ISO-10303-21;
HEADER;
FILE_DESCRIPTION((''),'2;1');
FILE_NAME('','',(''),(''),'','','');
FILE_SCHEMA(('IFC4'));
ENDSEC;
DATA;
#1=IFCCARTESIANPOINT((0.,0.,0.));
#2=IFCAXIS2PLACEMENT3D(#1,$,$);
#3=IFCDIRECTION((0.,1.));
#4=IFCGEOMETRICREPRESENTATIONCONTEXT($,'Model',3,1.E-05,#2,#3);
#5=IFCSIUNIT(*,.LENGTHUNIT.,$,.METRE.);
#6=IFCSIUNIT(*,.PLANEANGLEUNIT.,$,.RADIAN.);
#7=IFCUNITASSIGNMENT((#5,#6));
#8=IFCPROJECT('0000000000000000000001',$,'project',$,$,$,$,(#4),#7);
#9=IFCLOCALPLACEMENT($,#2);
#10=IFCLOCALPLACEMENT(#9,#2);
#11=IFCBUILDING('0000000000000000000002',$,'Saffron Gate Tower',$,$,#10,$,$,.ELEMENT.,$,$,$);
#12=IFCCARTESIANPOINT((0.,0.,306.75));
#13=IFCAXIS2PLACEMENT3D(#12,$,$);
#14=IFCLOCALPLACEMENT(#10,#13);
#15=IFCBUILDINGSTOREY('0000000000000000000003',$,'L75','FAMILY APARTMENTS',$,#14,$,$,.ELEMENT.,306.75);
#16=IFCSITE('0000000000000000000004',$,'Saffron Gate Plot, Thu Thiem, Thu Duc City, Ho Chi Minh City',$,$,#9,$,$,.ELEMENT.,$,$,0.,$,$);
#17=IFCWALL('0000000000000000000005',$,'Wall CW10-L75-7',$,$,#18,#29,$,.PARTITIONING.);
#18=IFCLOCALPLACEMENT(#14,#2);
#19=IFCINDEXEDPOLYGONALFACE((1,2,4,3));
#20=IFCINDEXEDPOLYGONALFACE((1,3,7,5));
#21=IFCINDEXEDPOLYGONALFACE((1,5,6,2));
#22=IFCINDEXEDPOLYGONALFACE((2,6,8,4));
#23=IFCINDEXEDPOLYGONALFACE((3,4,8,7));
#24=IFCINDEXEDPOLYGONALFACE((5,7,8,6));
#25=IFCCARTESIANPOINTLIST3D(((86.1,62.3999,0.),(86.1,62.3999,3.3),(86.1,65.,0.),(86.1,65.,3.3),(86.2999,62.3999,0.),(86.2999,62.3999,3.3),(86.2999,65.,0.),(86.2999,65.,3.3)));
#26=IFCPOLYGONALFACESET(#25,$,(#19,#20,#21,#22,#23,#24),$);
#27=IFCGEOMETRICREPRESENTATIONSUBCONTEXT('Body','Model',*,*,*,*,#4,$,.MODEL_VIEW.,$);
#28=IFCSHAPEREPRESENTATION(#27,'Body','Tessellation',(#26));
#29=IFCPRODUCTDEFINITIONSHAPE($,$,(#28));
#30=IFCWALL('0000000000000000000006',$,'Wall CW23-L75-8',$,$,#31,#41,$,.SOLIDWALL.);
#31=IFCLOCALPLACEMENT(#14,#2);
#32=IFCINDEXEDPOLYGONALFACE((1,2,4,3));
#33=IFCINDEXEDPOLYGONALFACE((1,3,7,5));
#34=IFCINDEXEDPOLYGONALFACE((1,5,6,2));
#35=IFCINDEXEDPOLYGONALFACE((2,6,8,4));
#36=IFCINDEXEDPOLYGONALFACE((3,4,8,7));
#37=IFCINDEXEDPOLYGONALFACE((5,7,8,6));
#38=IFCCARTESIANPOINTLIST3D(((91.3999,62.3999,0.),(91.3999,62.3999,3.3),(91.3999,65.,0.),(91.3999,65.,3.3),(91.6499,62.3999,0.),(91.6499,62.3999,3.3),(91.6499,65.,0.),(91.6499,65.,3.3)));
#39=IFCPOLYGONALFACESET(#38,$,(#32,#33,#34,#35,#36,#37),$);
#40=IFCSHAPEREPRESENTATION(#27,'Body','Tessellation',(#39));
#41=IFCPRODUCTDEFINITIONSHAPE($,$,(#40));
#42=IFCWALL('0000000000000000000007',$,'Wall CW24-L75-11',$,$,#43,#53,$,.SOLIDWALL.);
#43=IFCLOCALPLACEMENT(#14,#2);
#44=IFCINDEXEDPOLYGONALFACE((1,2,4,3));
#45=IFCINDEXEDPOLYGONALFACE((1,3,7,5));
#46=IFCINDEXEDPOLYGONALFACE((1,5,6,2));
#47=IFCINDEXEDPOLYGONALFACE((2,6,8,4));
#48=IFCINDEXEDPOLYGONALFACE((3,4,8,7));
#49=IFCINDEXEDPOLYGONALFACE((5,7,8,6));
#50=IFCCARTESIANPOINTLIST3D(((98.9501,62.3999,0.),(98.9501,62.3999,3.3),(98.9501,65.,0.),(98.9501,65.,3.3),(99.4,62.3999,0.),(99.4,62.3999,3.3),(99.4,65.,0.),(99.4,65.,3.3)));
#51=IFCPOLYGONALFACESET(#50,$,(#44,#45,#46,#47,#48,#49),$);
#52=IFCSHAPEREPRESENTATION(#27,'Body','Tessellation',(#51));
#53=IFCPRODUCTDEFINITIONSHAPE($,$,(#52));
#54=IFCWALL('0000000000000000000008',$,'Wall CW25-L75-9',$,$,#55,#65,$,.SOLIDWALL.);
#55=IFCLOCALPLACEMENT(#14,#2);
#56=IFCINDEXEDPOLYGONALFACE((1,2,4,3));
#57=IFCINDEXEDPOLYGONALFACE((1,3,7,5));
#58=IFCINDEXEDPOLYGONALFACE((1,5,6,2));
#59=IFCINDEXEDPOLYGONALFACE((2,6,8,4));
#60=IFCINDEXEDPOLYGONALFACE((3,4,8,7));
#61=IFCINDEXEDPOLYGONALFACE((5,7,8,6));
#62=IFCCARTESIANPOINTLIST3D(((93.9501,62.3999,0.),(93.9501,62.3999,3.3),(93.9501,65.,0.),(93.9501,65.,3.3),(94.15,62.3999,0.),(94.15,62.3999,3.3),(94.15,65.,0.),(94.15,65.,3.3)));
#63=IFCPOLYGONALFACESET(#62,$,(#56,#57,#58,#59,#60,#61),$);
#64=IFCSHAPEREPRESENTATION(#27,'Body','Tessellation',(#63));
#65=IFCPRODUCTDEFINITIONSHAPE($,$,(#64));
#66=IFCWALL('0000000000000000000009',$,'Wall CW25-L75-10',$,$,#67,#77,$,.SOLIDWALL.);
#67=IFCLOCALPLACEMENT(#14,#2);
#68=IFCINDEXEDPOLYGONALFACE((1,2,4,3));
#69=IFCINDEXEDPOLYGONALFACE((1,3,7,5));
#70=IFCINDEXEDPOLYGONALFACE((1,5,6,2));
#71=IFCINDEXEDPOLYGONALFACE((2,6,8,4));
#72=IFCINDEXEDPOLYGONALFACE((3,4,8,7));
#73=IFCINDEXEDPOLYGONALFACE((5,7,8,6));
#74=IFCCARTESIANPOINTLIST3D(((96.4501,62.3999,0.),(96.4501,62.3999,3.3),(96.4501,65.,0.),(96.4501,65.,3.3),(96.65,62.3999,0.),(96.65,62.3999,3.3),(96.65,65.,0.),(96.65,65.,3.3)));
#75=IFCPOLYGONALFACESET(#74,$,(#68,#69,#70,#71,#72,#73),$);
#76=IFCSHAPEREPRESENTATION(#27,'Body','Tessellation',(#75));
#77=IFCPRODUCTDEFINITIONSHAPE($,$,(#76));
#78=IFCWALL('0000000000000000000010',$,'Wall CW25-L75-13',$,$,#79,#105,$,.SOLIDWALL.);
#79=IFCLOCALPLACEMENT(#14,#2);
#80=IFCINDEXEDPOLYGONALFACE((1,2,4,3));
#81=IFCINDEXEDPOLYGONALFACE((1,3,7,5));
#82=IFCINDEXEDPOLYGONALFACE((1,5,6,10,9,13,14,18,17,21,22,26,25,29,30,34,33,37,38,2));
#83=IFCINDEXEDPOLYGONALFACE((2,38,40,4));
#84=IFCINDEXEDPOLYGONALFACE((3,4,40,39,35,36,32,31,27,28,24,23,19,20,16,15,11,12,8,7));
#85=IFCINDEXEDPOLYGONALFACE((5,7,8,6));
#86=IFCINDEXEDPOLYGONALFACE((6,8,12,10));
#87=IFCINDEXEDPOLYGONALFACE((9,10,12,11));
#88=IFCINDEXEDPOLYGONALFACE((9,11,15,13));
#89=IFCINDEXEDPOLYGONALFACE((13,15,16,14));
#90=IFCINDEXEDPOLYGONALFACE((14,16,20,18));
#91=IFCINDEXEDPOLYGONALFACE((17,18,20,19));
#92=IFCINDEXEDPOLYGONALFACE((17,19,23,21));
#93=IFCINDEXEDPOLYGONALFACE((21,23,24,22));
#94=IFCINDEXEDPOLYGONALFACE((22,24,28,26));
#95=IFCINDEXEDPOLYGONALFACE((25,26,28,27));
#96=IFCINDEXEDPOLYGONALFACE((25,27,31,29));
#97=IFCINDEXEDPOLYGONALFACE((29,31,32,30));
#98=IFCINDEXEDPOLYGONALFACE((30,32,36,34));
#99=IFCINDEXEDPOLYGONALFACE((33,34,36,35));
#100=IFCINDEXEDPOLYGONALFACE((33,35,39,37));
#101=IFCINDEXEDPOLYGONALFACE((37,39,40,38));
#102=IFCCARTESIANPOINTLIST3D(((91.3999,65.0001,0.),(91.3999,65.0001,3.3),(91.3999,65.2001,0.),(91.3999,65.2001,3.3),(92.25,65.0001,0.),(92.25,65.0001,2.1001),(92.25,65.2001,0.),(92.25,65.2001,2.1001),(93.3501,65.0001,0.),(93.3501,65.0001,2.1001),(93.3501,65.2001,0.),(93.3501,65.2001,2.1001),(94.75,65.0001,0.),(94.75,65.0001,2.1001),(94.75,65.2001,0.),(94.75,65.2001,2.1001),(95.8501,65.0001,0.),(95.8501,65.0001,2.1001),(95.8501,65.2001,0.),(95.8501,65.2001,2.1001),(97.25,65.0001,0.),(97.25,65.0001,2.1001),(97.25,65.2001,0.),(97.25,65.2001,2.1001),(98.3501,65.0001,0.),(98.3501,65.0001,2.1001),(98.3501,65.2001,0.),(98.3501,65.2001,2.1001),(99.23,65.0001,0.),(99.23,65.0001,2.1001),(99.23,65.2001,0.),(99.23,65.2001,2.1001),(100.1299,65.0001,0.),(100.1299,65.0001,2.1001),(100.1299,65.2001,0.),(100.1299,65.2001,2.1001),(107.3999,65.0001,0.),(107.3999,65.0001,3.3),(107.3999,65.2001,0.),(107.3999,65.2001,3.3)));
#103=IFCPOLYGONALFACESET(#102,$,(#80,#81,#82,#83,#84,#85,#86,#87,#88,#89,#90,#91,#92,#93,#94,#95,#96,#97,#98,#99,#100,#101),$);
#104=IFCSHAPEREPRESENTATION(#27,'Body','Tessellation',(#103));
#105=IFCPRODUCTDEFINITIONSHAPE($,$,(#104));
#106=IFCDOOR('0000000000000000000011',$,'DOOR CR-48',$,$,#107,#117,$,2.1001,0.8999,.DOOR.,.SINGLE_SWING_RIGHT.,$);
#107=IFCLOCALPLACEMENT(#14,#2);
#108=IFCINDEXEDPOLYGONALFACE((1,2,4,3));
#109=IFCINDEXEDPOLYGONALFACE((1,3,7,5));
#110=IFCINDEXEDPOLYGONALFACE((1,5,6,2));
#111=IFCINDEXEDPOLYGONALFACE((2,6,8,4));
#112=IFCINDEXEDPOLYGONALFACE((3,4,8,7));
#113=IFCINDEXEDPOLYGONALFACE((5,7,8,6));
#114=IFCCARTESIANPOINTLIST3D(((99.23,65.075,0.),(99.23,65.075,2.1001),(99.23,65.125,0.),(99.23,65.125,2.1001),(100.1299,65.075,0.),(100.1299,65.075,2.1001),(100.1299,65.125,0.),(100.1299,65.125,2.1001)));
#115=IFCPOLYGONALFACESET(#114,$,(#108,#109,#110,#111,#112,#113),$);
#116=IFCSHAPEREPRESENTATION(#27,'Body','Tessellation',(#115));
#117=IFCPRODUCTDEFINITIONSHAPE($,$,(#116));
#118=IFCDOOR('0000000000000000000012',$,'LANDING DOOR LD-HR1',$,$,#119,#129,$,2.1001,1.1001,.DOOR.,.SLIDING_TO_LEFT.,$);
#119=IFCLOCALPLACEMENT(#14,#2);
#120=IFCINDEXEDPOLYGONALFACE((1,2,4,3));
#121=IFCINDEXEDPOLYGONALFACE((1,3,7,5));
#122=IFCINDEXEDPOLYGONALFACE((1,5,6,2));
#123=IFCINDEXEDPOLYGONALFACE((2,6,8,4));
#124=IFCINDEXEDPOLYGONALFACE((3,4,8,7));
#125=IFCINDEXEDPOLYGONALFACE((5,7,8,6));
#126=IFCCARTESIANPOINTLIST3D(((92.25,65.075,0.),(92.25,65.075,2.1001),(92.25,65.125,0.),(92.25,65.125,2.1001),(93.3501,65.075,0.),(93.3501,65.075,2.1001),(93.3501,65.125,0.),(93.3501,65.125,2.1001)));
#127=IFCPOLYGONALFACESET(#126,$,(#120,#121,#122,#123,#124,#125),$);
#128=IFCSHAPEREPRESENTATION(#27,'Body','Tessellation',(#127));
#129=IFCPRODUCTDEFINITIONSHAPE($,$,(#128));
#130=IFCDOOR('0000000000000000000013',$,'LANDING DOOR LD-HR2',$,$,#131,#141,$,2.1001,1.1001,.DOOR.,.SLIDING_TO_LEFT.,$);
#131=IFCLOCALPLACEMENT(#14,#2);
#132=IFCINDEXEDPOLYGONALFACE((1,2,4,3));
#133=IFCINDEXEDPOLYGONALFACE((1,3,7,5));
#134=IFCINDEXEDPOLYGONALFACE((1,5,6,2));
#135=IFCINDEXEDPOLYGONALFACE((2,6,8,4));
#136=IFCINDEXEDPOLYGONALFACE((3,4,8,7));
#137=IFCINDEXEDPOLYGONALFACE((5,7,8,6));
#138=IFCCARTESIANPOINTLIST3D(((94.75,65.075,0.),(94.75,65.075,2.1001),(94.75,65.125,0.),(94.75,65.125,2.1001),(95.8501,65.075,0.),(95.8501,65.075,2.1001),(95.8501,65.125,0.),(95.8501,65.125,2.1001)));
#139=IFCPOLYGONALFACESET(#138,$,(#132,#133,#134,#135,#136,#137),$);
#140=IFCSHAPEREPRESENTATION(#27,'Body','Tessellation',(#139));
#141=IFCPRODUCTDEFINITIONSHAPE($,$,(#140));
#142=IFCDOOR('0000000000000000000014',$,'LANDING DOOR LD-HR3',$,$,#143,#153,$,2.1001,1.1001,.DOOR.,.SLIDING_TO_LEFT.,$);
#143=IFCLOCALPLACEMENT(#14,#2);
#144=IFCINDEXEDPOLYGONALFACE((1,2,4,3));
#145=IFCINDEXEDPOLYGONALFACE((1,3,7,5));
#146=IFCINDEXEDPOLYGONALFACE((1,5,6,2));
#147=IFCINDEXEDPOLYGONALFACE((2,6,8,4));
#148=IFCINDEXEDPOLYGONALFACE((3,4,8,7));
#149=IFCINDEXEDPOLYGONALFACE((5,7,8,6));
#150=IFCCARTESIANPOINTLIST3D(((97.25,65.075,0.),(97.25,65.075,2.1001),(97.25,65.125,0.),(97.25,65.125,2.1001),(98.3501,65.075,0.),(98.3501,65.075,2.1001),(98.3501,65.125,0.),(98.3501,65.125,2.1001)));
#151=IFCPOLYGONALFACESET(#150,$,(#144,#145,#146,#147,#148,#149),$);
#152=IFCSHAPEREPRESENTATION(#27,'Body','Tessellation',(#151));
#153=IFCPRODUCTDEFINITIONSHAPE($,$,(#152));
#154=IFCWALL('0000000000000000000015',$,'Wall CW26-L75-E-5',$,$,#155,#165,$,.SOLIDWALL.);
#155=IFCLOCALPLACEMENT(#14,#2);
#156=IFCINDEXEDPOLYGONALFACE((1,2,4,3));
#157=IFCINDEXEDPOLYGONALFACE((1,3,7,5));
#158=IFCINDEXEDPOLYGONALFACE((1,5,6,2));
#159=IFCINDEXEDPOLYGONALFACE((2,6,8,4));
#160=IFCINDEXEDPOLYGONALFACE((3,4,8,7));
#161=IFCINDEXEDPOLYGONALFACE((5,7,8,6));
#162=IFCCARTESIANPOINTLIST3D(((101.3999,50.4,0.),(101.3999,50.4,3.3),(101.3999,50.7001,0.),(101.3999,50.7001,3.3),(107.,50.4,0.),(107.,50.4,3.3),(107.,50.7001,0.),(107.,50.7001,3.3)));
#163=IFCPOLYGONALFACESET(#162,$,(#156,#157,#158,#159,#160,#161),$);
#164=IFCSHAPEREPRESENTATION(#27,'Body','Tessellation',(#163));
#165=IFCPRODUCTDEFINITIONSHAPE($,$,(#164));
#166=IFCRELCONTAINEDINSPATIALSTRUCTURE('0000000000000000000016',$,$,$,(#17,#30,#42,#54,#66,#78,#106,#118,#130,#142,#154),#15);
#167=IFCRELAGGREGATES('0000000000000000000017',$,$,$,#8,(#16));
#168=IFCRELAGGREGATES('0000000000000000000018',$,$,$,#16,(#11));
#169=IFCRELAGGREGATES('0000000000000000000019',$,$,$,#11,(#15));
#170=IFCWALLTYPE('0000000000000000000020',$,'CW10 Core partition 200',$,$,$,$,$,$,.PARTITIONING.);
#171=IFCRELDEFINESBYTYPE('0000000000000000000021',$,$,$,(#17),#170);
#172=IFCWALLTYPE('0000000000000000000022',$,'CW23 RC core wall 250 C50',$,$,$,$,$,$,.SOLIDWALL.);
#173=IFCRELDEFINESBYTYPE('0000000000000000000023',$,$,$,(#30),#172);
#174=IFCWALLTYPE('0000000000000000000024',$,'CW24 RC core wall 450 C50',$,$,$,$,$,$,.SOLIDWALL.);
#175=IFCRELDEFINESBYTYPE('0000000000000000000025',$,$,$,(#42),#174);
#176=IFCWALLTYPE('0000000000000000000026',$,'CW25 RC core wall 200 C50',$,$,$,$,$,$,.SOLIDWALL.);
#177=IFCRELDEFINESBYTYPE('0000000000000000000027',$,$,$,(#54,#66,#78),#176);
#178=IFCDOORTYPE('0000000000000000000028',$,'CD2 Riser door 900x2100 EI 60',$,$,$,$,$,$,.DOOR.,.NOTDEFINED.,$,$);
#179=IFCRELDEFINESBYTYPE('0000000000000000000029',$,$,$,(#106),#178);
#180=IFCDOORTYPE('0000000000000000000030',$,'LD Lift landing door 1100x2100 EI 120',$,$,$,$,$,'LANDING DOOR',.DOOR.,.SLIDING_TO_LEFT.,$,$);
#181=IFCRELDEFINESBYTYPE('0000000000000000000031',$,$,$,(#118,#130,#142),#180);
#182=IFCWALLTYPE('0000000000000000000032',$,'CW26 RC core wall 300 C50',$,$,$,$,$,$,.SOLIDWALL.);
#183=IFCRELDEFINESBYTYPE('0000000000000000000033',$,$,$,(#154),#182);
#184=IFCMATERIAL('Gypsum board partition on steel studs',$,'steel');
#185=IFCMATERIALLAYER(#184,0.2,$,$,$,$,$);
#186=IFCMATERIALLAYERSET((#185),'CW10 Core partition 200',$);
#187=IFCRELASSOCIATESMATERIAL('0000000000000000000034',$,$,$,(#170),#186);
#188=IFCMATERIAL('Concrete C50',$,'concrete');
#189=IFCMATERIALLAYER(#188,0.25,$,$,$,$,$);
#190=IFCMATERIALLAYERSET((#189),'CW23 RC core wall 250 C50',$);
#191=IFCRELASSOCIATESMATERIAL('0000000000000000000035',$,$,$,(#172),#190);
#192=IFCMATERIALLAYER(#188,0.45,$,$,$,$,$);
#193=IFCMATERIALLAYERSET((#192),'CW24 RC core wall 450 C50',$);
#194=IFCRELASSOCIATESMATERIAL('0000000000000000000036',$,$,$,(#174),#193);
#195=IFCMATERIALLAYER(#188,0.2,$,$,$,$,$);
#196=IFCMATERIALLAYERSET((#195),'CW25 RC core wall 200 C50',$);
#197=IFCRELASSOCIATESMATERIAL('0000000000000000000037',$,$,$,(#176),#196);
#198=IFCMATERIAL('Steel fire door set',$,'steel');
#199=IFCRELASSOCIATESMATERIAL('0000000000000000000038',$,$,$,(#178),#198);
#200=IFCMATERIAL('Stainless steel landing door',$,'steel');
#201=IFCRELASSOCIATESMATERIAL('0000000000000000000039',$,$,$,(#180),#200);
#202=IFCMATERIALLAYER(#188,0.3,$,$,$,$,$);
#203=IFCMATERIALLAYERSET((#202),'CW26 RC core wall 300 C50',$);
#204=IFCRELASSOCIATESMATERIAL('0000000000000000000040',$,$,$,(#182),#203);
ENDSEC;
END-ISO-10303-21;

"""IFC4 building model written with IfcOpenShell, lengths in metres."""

from ifc_helpers import new_model, si_unit, direction, frame, frame_2d, origin, place, context, subcontext, project, spatial, rectangle, extrude, material, layer, layer_set, type_object, element, fill, save


model = new_model("IFC4")

# Units and contexts
model_context = context("Model", 3, precision=1e-05, world=origin(), true_north=direction((0.0, 1.0)))
body_context = subcontext(model_context, "Body", "Model", "MODEL_VIEW")
ifc_project = project(units=[si_unit("LENGTHUNIT", "METRE"), si_unit("PLANEANGLEUNIT", "RADIAN")], contexts=[model_context])

# Site, building, storey
site_placement = place(None, origin())
site = spatial("IfcSite", under=ifc_project, at=site_placement, Name="Saffron Gate Plot, Thu Thiem, Thu Duc City, Ho Chi Minh City", CompositionType="ELEMENT", RefElevation=0.0)
building_placement = place(site_placement, origin())
building = spatial("IfcBuilding", under=site, at=building_placement, Name="Saffron Gate Tower", CompositionType="ELEMENT")
storey_placement = place(building_placement, frame((0.0, 0.0, 306.75)))
storey = spatial("IfcBuildingStorey", under=building, at=storey_placement, Name="L75", Description="FAMILY APARTMENTS", CompositionType="ELEMENT", Elevation=306.75)

# Walls
ifc_material_1 = material(Name="Gypsum board partition on steel studs", Category="steel")
ifc_layer_1 = layer(ifc_material_1, 0.2)
ifc_layer_set_1 = layer_set([ifc_layer_1], Name="CW10 Core partition 200")
wall_type_1 = type_object("IfcWallType", Name="CW10 Core partition 200", PredefinedType="PARTITIONING", material=ifc_layer_set_1)
wall_1_placement = place(storey_placement, frame((86.2, 62.3999, 0.0), z_axis=(0.0, 0.0, 1.0), x_axis=(0.0, 1.0, 0.0)))
element("IfcWall", 1, at=wall_1_placement, inside=storey, type_object=wall_type_1, Name="Wall CW10-L75-7", PredefinedType="PARTITIONING", context=body_context, shape_type="SweptSolid", body=[
    extrude(rectangle(XDim=2.6001, YDim=0.2, at=frame_2d((1.3, 0.0))), origin(), (0.0, 0.0, 1.0), 3.3),
])
ifc_material_2 = material(Name="Concrete C50", Category="concrete")
ifc_layer_2 = layer(ifc_material_2, 0.25)
ifc_layer_set_2 = layer_set([ifc_layer_2], Name="CW23 RC core wall 250 C50")
wall_type_2 = type_object("IfcWallType", Name="CW23 RC core wall 250 C50", PredefinedType="SOLIDWALL", material=ifc_layer_set_2)
wall_2_placement = place(storey_placement, frame((91.5249, 62.3999, 0.0), z_axis=(0.0, 0.0, 1.0), x_axis=(0.0, 1.0, 0.0)))
element("IfcWall", 2, at=wall_2_placement, inside=storey, type_object=wall_type_2, Name="Wall CW23-L75-8", PredefinedType="SOLIDWALL", context=body_context, shape_type="SweptSolid", body=[
    extrude(rectangle(XDim=2.6001, YDim=0.25, at=frame_2d((1.3, 0.0))), origin(), (0.0, 0.0, 1.0), 3.3),
])
ifc_layer_3 = layer(ifc_material_2, 0.45)
ifc_layer_set_3 = layer_set([ifc_layer_3], Name="CW24 RC core wall 450 C50")
wall_type_3 = type_object("IfcWallType", Name="CW24 RC core wall 450 C50", PredefinedType="SOLIDWALL", material=ifc_layer_set_3)
wall_3_placement = place(storey_placement, frame((99.175, 62.3999, 0.0), z_axis=(0.0, 0.0, 1.0), x_axis=(0.0, 1.0, 0.0)))
element("IfcWall", 3, at=wall_3_placement, inside=storey, type_object=wall_type_3, Name="Wall CW24-L75-11", PredefinedType="SOLIDWALL", context=body_context, shape_type="SweptSolid", body=[
    extrude(rectangle(XDim=2.6001, YDim=0.45, at=frame_2d((1.3, 0.0))), origin(), (0.0, 0.0, 1.0), 3.3),
])
ifc_layer_4 = layer(ifc_material_2, 0.2)
ifc_layer_set_4 = layer_set([ifc_layer_4], Name="CW25 RC core wall 200 C50")
wall_type_4 = type_object("IfcWallType", Name="CW25 RC core wall 200 C50", PredefinedType="SOLIDWALL", material=ifc_layer_set_4)
for number, where, z_axis, x_axis, name in (
    (4, (94.05, 62.3999, 0.0), (0.0, 0.0, 1.0), (0.0, 1.0, 0.0), "Wall CW25-L75-9"),
    (5, (96.55, 62.3999, 0.0), (0.0, 0.0, 1.0), (0.0, 1.0, 0.0), "Wall CW25-L75-10"),
):
    element("IfcWall", number, at=place(storey_placement, frame(where, z_axis=z_axis, x_axis=x_axis)), inside=storey, type_object=wall_type_4, Name=name, PredefinedType="SOLIDWALL", context=body_context, shape_type="SweptSolid", body=[
        extrude(rectangle(XDim=2.6001, YDim=0.2, at=frame_2d((1.3, 0.0))), origin(), (0.0, 0.0, 1.0), 3.3),
    ])

# Wall, openings, doors
wall_4_placement = place(storey_placement, frame((91.3999, 65.1001, 0.0), z_axis=(0.0, 0.0, 1.0), x_axis=(1.0, 0.0, 0.0)))
wall_4 = element("IfcWall", 6, at=wall_4_placement, inside=storey, type_object=wall_type_4, Name="Wall CW25-L75-13", PredefinedType="SOLIDWALL", context=body_context, shape_type="SweptSolid", body=[
    extrude(rectangle(XDim=16.0, YDim=0.2, at=frame_2d((8.0, 0.0))), origin(), (0.0, 0.0, 1.0), 3.3),
])
opening_1_placement = place(wall_4_placement, frame((0.8501, 0.0, 0.0)))
opening_1 = element("IfcOpeningElement", 7, at=opening_1_placement, cuts=wall_4, PredefinedType="OPENING", context=body_context, shape_type="SweptSolid", body=[
    extrude(rectangle(XDim=1.1001, YDim=2.1001, at=frame_2d((0.55, 1.05))), frame((0.0, 0.1099, 0.0), z_axis=(0.0, -1.0, 0.0), x_axis=(1.0, 0.0, 0.0)), (0.0, 0.0, 1.0), 0.22),
])
opening_2_placement = place(wall_4_placement, frame((3.3501, 0.0, 0.0)))
opening_2 = element("IfcOpeningElement", 8, at=opening_2_placement, cuts=wall_4, PredefinedType="OPENING", context=body_context, shape_type="SweptSolid", body=[
    extrude(rectangle(XDim=1.1001, YDim=2.1001, at=frame_2d((0.55, 1.05))), frame((0.0, 0.1099, 0.0), z_axis=(0.0, -1.0, 0.0), x_axis=(1.0, 0.0, 0.0)), (0.0, 0.0, 1.0), 0.22),
])
opening_3_placement = place(wall_4_placement, frame((5.8501, 0.0, 0.0)))
opening_3 = element("IfcOpeningElement", 9, at=opening_3_placement, cuts=wall_4, PredefinedType="OPENING", context=body_context, shape_type="SweptSolid", body=[
    extrude(rectangle(XDim=1.1001, YDim=2.1001, at=frame_2d((0.55, 1.05))), frame((0.0, 0.1099, 0.0), z_axis=(0.0, -1.0, 0.0), x_axis=(1.0, 0.0, 0.0)), (0.0, 0.0, 1.0), 0.22),
])
opening_4_placement = place(wall_4_placement, frame((7.8301, 0.0, 0.0)))
opening_4 = element("IfcOpeningElement", 10, at=opening_4_placement, cuts=wall_4, PredefinedType="OPENING", context=body_context, shape_type="SweptSolid", body=[
    extrude(rectangle(XDim=0.8999, YDim=2.1001, at=frame_2d((0.45, 1.05))), frame((0.0, 0.1099, 0.0), z_axis=(0.0, -1.0, 0.0), x_axis=(1.0, 0.0, 0.0)), (0.0, 0.0, 1.0), 0.22),
])
ifc_material_3 = material(Name="Steel fire door set", Category="steel")
door_type_1 = type_object("IfcDoorType", Name="CD2 Riser door 900x2100 EI 60", OperationType="NOTDEFINED", PredefinedType="DOOR", material=ifc_material_3)
door_1_placement = place(opening_4_placement, origin())
door_1 = element("IfcDoor", 11, at=door_1_placement, inside=storey, type_object=door_type_1, Name="DOOR CR-48", OperationType="SINGLE_SWING_RIGHT", OverallHeight=2.1001, OverallWidth=0.8999, PredefinedType="DOOR", context=body_context, shape_type="SweptSolid", body=[
    extrude(rectangle(XDim=0.8999, YDim=2.1001, at=frame_2d((0.45, 1.05))), frame((0.0, 0.0249, 0.0), z_axis=(0.0, -1.0, 0.0), x_axis=(1.0, 0.0, 0.0)), (0.0, 0.0, 1.0), 0.05),
])
fill(opening_4, door_1)
ifc_material_4 = material(Name="Stainless steel landing door", Category="steel")
door_type_2 = type_object("IfcDoorType", Name="LD Lift landing door 1100x2100 EI 120", ElementType="LANDING DOOR", OperationType="SLIDING_TO_LEFT", PredefinedType="DOOR", material=ifc_material_4)
door_2_placement = place(opening_1_placement, origin())
door_2 = element("IfcDoor", 12, at=door_2_placement, inside=storey, type_object=door_type_2, Name="LANDING DOOR LD-HR1", OperationType="SLIDING_TO_LEFT", OverallHeight=2.1001, OverallWidth=1.1001, PredefinedType="DOOR", context=body_context, shape_type="SweptSolid", body=[
    extrude(rectangle(XDim=1.1001, YDim=2.1001, at=frame_2d((0.55, 1.05))), frame((0.0, 0.0249, 0.0), z_axis=(0.0, -1.0, 0.0), x_axis=(1.0, 0.0, 0.0)), (0.0, 0.0, 1.0), 0.05),
])
fill(opening_1, door_2)
door_3_placement = place(opening_2_placement, origin())
door_3 = element("IfcDoor", 13, at=door_3_placement, inside=storey, type_object=door_type_2, Name="LANDING DOOR LD-HR2", OperationType="SLIDING_TO_LEFT", OverallHeight=2.1001, OverallWidth=1.1001, PredefinedType="DOOR", context=body_context, shape_type="SweptSolid", body=[
    extrude(rectangle(XDim=1.1001, YDim=2.1001, at=frame_2d((0.55, 1.05))), frame((0.0, 0.0249, 0.0), z_axis=(0.0, -1.0, 0.0), x_axis=(1.0, 0.0, 0.0)), (0.0, 0.0, 1.0), 0.05),
])
fill(opening_2, door_3)
door_4_placement = place(opening_3_placement, origin())
door_4 = element("IfcDoor", 14, at=door_4_placement, inside=storey, type_object=door_type_2, Name="LANDING DOOR LD-HR3", OperationType="SLIDING_TO_LEFT", OverallHeight=2.1001, OverallWidth=1.1001, PredefinedType="DOOR", context=body_context, shape_type="SweptSolid", body=[
    extrude(rectangle(XDim=1.1001, YDim=2.1001, at=frame_2d((0.55, 1.05))), frame((0.0, 0.0249, 0.0), z_axis=(0.0, -1.0, 0.0), x_axis=(1.0, 0.0, 0.0)), (0.0, 0.0, 1.0), 0.05),
])
fill(opening_3, door_4)

# Wall
ifc_layer_5 = layer(ifc_material_2, 0.3)
ifc_layer_set_5 = layer_set([ifc_layer_5], Name="CW26 RC core wall 300 C50")
wall_type_5 = type_object("IfcWallType", Name="CW26 RC core wall 300 C50", PredefinedType="SOLIDWALL", material=ifc_layer_set_5)
wall_5_placement = place(storey_placement, frame((101.3999, 50.55, 0.0), z_axis=(0.0, 0.0, 1.0), x_axis=(1.0, 0.0, 0.0)))
element("IfcWall", 15, at=wall_5_placement, inside=storey, type_object=wall_type_5, Name="Wall CW26-L75-E-5", PredefinedType="SOLIDWALL", context=body_context, shape_type="SweptSolid", body=[
    extrude(rectangle(XDim=5.6001, YDim=0.3, at=frame_2d((2.8, 0.0))), origin(), (0.0, 0.0, 1.0), 3.3),
])

save(model, "model.ifc")
